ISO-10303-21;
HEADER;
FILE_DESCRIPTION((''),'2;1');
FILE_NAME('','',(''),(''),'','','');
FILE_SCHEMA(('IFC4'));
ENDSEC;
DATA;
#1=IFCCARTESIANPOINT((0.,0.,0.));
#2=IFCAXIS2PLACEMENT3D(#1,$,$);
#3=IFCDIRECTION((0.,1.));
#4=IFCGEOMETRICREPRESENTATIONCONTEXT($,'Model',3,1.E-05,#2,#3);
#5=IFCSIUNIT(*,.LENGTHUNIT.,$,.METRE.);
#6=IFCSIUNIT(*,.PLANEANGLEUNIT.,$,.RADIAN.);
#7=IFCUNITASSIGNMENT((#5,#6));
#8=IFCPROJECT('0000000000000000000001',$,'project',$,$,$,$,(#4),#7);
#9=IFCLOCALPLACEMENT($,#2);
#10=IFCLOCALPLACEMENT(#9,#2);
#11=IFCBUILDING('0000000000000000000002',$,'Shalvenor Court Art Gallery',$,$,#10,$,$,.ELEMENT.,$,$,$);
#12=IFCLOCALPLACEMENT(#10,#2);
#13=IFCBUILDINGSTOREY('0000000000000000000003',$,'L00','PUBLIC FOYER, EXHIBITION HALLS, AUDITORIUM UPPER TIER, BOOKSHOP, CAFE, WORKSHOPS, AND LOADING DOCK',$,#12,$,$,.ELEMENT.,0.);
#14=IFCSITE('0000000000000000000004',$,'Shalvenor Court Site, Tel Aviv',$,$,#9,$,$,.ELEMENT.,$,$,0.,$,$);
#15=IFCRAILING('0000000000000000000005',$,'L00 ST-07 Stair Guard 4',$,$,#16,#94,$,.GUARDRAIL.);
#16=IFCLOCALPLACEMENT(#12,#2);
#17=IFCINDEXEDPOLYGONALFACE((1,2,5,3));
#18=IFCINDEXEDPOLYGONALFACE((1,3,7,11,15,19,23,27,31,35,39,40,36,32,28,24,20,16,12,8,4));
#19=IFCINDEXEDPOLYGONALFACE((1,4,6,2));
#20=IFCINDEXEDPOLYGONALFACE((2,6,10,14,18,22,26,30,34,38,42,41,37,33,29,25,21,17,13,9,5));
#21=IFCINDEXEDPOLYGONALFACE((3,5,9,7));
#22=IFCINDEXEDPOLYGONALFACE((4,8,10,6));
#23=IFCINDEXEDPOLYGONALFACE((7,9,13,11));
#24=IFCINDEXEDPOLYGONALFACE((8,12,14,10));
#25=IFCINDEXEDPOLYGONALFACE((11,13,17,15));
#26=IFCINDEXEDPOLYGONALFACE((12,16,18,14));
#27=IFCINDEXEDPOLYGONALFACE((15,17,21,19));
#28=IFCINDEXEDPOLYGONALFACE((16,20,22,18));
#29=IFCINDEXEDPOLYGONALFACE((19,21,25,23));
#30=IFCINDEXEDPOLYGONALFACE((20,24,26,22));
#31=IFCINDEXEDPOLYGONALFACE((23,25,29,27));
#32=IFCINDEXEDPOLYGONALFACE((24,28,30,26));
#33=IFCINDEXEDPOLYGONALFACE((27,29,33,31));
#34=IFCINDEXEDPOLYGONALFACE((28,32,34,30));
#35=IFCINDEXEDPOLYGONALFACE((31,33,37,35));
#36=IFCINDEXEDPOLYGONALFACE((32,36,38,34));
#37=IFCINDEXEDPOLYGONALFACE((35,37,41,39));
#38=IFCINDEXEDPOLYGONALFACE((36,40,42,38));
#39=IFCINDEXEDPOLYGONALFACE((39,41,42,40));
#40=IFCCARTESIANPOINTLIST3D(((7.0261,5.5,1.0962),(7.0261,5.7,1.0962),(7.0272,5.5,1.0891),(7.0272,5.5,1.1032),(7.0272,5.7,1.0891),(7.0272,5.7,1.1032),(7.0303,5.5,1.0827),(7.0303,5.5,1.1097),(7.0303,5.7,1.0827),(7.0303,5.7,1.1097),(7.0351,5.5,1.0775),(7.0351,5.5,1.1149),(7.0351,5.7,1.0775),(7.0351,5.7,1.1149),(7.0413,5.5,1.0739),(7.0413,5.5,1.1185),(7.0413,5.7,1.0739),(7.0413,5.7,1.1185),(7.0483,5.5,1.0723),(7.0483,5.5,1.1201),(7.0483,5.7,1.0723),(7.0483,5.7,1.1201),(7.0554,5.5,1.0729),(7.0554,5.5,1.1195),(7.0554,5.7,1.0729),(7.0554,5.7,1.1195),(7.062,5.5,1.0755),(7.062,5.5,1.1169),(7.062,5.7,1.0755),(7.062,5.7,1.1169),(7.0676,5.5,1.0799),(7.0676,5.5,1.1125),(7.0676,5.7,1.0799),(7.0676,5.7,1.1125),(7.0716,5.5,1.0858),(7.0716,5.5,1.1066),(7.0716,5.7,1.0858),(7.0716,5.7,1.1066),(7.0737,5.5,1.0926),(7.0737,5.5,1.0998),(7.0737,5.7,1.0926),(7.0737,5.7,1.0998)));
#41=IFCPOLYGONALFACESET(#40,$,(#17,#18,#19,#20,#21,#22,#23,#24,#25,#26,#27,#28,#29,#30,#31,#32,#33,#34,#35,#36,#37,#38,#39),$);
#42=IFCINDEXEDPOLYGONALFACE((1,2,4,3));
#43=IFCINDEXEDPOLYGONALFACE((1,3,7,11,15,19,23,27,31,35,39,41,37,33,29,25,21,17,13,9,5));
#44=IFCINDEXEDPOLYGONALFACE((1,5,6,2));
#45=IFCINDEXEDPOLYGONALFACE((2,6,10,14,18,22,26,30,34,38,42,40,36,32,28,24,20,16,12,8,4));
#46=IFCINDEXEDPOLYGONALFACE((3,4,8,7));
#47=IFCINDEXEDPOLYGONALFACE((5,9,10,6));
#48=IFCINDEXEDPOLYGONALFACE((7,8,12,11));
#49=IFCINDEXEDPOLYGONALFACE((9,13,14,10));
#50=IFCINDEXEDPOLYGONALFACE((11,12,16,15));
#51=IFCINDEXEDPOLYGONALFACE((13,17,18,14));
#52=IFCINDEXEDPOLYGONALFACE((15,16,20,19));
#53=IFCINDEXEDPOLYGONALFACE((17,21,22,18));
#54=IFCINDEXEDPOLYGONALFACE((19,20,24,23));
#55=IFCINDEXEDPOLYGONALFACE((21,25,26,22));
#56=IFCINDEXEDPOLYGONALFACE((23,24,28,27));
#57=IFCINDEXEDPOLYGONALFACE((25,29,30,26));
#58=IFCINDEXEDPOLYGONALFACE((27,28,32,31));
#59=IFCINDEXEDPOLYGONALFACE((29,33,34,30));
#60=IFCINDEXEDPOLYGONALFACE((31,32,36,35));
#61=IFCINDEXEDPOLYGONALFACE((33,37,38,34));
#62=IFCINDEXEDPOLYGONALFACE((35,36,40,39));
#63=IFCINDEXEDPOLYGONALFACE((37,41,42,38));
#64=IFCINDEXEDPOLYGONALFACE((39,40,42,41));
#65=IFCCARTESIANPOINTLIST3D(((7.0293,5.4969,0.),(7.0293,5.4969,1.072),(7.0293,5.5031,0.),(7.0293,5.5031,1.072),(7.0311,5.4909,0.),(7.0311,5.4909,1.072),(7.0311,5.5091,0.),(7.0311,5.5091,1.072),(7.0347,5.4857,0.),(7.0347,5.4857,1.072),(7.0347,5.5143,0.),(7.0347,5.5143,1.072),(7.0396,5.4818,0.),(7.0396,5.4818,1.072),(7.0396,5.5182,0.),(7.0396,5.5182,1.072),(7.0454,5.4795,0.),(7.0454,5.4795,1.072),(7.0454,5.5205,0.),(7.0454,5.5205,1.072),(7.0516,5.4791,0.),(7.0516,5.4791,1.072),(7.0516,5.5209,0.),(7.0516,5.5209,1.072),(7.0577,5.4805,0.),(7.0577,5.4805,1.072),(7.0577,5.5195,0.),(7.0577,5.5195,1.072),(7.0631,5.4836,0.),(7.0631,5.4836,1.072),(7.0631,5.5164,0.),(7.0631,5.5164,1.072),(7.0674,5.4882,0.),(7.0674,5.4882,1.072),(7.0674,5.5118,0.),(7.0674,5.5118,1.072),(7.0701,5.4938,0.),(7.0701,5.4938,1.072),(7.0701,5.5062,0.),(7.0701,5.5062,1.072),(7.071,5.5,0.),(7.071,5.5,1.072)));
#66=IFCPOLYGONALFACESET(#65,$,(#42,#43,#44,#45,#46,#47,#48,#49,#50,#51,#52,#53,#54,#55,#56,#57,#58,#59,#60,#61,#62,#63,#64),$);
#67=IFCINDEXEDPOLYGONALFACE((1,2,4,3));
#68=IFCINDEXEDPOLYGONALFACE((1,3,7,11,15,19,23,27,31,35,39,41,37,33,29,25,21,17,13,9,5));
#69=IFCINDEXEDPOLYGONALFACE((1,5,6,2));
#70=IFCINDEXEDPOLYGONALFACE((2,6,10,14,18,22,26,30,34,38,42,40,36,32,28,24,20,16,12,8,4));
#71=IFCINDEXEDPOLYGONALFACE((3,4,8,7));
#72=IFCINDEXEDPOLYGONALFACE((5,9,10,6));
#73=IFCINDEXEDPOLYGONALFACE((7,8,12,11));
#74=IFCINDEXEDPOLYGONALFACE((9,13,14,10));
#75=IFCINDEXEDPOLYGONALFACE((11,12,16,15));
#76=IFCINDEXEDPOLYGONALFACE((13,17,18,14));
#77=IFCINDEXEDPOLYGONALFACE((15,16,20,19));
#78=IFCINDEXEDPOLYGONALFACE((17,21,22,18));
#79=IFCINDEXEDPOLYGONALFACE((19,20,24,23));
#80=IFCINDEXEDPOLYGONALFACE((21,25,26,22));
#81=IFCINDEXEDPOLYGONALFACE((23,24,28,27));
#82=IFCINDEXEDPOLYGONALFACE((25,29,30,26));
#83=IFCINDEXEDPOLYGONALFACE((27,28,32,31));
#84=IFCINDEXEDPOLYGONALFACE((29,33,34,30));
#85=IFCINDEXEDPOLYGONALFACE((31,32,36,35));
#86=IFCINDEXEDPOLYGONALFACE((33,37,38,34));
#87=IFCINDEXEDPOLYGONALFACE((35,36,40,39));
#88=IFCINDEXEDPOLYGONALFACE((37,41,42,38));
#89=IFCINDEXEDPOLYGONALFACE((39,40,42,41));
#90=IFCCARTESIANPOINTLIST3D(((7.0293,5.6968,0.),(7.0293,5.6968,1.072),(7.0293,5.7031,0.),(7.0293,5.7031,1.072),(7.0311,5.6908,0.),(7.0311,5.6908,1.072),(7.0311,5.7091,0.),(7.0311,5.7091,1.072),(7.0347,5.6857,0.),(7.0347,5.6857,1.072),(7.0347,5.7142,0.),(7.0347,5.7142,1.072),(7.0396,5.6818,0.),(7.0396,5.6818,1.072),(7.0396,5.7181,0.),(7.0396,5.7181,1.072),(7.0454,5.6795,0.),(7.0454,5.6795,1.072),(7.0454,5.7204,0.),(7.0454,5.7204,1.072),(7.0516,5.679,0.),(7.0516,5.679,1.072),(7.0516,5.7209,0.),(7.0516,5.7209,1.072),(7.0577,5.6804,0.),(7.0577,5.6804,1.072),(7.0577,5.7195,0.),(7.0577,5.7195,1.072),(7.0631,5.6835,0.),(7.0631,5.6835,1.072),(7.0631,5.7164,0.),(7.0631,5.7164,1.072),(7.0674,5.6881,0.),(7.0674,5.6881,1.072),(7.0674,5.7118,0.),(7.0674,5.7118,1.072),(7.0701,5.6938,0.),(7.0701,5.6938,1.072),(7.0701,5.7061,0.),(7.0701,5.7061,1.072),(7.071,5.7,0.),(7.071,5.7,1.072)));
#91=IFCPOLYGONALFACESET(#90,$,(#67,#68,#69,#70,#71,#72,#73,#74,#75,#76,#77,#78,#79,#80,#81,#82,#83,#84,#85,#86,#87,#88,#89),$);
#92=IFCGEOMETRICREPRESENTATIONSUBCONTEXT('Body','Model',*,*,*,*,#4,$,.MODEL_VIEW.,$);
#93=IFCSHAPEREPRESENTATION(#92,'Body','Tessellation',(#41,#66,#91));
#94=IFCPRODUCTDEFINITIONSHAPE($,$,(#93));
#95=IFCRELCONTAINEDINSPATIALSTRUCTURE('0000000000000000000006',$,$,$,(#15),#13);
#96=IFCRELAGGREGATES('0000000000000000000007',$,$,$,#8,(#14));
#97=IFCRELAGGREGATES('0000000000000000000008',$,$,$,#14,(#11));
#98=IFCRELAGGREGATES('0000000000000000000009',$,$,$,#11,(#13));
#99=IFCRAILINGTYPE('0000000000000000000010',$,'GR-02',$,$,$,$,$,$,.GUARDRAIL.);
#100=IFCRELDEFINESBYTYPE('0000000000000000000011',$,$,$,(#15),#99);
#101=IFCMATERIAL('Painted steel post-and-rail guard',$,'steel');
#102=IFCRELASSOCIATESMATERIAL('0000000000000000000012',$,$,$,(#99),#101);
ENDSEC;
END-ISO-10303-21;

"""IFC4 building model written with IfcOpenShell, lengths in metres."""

from ifc_helpers import new_model, si_unit, direction, frame, origin, origin_2d, place, context, subcontext, project, spatial, circle, extrude, material, type_object, element, save


model = new_model("IFC4")

# Units and contexts
model_context = context("Model", 3, precision=1e-05, world=origin(), true_north=direction((0.0, 1.0)))
body_context = subcontext(model_context, "Body", "Model", "MODEL_VIEW")
ifc_project = project(units=[si_unit("LENGTHUNIT", "METRE"), si_unit("PLANEANGLEUNIT", "RADIAN")], contexts=[model_context])

# Site, building, storey
site_placement = place(None, origin())
site = spatial("IfcSite", under=ifc_project, at=site_placement, Name="Shalvenor Court Site, Tel Aviv", CompositionType="ELEMENT", RefElevation=0.0)
building_placement = place(site_placement, origin())
building = spatial("IfcBuilding", under=site, at=building_placement, Name="Shalvenor Court Art Gallery", CompositionType="ELEMENT")
storey_placement = place(building_placement, origin())
storey = spatial("IfcBuildingStorey", under=building, at=storey_placement, Name="L00", Description="PUBLIC FOYER, EXHIBITION HALLS, AUDITORIUM UPPER TIER, BOOKSHOP, CAFE, WORKSHOPS, AND LOADING DOCK", CompositionType="ELEMENT", Elevation=0.0)

# Railing
ifc_material_1 = material(Name="Painted steel post-and-rail guard", Category="steel")
railing_type_1 = type_object("IfcRailingType", Name="GR-02", PredefinedType="GUARDRAIL", material=ifc_material_1)
railing_1_placement = place(storey_placement, frame((7.05, 5.5, 0.0)))
element("IfcRailing", 1, at=railing_1_placement, inside=storey, type_object=railing_type_1, Name="L00 ST-07 Stair Guard 4", PredefinedType="GUARDRAIL", context=body_context, shape_type="SweptSolid", body=[
    extrude(circle(Radius=0.0239, at=origin_2d()), frame((0.0, 0.0, 1.0962), z_axis=(0.0, 1.0, 0.0), x_axis=(-1.0, 0.0, 0.0)), (0.0, 0.0, 1.0), 0.2),
    extrude(circle(Radius=0.021, at=origin_2d()), origin(), (0.0, 0.0, 1.0), 1.072),
    extrude(circle(Radius=0.021, at=origin_2d()), frame((0.0, 0.2, 0.0)), (0.0, 0.0, 1.0), 1.072),
])

save(model, "model.ifc")
